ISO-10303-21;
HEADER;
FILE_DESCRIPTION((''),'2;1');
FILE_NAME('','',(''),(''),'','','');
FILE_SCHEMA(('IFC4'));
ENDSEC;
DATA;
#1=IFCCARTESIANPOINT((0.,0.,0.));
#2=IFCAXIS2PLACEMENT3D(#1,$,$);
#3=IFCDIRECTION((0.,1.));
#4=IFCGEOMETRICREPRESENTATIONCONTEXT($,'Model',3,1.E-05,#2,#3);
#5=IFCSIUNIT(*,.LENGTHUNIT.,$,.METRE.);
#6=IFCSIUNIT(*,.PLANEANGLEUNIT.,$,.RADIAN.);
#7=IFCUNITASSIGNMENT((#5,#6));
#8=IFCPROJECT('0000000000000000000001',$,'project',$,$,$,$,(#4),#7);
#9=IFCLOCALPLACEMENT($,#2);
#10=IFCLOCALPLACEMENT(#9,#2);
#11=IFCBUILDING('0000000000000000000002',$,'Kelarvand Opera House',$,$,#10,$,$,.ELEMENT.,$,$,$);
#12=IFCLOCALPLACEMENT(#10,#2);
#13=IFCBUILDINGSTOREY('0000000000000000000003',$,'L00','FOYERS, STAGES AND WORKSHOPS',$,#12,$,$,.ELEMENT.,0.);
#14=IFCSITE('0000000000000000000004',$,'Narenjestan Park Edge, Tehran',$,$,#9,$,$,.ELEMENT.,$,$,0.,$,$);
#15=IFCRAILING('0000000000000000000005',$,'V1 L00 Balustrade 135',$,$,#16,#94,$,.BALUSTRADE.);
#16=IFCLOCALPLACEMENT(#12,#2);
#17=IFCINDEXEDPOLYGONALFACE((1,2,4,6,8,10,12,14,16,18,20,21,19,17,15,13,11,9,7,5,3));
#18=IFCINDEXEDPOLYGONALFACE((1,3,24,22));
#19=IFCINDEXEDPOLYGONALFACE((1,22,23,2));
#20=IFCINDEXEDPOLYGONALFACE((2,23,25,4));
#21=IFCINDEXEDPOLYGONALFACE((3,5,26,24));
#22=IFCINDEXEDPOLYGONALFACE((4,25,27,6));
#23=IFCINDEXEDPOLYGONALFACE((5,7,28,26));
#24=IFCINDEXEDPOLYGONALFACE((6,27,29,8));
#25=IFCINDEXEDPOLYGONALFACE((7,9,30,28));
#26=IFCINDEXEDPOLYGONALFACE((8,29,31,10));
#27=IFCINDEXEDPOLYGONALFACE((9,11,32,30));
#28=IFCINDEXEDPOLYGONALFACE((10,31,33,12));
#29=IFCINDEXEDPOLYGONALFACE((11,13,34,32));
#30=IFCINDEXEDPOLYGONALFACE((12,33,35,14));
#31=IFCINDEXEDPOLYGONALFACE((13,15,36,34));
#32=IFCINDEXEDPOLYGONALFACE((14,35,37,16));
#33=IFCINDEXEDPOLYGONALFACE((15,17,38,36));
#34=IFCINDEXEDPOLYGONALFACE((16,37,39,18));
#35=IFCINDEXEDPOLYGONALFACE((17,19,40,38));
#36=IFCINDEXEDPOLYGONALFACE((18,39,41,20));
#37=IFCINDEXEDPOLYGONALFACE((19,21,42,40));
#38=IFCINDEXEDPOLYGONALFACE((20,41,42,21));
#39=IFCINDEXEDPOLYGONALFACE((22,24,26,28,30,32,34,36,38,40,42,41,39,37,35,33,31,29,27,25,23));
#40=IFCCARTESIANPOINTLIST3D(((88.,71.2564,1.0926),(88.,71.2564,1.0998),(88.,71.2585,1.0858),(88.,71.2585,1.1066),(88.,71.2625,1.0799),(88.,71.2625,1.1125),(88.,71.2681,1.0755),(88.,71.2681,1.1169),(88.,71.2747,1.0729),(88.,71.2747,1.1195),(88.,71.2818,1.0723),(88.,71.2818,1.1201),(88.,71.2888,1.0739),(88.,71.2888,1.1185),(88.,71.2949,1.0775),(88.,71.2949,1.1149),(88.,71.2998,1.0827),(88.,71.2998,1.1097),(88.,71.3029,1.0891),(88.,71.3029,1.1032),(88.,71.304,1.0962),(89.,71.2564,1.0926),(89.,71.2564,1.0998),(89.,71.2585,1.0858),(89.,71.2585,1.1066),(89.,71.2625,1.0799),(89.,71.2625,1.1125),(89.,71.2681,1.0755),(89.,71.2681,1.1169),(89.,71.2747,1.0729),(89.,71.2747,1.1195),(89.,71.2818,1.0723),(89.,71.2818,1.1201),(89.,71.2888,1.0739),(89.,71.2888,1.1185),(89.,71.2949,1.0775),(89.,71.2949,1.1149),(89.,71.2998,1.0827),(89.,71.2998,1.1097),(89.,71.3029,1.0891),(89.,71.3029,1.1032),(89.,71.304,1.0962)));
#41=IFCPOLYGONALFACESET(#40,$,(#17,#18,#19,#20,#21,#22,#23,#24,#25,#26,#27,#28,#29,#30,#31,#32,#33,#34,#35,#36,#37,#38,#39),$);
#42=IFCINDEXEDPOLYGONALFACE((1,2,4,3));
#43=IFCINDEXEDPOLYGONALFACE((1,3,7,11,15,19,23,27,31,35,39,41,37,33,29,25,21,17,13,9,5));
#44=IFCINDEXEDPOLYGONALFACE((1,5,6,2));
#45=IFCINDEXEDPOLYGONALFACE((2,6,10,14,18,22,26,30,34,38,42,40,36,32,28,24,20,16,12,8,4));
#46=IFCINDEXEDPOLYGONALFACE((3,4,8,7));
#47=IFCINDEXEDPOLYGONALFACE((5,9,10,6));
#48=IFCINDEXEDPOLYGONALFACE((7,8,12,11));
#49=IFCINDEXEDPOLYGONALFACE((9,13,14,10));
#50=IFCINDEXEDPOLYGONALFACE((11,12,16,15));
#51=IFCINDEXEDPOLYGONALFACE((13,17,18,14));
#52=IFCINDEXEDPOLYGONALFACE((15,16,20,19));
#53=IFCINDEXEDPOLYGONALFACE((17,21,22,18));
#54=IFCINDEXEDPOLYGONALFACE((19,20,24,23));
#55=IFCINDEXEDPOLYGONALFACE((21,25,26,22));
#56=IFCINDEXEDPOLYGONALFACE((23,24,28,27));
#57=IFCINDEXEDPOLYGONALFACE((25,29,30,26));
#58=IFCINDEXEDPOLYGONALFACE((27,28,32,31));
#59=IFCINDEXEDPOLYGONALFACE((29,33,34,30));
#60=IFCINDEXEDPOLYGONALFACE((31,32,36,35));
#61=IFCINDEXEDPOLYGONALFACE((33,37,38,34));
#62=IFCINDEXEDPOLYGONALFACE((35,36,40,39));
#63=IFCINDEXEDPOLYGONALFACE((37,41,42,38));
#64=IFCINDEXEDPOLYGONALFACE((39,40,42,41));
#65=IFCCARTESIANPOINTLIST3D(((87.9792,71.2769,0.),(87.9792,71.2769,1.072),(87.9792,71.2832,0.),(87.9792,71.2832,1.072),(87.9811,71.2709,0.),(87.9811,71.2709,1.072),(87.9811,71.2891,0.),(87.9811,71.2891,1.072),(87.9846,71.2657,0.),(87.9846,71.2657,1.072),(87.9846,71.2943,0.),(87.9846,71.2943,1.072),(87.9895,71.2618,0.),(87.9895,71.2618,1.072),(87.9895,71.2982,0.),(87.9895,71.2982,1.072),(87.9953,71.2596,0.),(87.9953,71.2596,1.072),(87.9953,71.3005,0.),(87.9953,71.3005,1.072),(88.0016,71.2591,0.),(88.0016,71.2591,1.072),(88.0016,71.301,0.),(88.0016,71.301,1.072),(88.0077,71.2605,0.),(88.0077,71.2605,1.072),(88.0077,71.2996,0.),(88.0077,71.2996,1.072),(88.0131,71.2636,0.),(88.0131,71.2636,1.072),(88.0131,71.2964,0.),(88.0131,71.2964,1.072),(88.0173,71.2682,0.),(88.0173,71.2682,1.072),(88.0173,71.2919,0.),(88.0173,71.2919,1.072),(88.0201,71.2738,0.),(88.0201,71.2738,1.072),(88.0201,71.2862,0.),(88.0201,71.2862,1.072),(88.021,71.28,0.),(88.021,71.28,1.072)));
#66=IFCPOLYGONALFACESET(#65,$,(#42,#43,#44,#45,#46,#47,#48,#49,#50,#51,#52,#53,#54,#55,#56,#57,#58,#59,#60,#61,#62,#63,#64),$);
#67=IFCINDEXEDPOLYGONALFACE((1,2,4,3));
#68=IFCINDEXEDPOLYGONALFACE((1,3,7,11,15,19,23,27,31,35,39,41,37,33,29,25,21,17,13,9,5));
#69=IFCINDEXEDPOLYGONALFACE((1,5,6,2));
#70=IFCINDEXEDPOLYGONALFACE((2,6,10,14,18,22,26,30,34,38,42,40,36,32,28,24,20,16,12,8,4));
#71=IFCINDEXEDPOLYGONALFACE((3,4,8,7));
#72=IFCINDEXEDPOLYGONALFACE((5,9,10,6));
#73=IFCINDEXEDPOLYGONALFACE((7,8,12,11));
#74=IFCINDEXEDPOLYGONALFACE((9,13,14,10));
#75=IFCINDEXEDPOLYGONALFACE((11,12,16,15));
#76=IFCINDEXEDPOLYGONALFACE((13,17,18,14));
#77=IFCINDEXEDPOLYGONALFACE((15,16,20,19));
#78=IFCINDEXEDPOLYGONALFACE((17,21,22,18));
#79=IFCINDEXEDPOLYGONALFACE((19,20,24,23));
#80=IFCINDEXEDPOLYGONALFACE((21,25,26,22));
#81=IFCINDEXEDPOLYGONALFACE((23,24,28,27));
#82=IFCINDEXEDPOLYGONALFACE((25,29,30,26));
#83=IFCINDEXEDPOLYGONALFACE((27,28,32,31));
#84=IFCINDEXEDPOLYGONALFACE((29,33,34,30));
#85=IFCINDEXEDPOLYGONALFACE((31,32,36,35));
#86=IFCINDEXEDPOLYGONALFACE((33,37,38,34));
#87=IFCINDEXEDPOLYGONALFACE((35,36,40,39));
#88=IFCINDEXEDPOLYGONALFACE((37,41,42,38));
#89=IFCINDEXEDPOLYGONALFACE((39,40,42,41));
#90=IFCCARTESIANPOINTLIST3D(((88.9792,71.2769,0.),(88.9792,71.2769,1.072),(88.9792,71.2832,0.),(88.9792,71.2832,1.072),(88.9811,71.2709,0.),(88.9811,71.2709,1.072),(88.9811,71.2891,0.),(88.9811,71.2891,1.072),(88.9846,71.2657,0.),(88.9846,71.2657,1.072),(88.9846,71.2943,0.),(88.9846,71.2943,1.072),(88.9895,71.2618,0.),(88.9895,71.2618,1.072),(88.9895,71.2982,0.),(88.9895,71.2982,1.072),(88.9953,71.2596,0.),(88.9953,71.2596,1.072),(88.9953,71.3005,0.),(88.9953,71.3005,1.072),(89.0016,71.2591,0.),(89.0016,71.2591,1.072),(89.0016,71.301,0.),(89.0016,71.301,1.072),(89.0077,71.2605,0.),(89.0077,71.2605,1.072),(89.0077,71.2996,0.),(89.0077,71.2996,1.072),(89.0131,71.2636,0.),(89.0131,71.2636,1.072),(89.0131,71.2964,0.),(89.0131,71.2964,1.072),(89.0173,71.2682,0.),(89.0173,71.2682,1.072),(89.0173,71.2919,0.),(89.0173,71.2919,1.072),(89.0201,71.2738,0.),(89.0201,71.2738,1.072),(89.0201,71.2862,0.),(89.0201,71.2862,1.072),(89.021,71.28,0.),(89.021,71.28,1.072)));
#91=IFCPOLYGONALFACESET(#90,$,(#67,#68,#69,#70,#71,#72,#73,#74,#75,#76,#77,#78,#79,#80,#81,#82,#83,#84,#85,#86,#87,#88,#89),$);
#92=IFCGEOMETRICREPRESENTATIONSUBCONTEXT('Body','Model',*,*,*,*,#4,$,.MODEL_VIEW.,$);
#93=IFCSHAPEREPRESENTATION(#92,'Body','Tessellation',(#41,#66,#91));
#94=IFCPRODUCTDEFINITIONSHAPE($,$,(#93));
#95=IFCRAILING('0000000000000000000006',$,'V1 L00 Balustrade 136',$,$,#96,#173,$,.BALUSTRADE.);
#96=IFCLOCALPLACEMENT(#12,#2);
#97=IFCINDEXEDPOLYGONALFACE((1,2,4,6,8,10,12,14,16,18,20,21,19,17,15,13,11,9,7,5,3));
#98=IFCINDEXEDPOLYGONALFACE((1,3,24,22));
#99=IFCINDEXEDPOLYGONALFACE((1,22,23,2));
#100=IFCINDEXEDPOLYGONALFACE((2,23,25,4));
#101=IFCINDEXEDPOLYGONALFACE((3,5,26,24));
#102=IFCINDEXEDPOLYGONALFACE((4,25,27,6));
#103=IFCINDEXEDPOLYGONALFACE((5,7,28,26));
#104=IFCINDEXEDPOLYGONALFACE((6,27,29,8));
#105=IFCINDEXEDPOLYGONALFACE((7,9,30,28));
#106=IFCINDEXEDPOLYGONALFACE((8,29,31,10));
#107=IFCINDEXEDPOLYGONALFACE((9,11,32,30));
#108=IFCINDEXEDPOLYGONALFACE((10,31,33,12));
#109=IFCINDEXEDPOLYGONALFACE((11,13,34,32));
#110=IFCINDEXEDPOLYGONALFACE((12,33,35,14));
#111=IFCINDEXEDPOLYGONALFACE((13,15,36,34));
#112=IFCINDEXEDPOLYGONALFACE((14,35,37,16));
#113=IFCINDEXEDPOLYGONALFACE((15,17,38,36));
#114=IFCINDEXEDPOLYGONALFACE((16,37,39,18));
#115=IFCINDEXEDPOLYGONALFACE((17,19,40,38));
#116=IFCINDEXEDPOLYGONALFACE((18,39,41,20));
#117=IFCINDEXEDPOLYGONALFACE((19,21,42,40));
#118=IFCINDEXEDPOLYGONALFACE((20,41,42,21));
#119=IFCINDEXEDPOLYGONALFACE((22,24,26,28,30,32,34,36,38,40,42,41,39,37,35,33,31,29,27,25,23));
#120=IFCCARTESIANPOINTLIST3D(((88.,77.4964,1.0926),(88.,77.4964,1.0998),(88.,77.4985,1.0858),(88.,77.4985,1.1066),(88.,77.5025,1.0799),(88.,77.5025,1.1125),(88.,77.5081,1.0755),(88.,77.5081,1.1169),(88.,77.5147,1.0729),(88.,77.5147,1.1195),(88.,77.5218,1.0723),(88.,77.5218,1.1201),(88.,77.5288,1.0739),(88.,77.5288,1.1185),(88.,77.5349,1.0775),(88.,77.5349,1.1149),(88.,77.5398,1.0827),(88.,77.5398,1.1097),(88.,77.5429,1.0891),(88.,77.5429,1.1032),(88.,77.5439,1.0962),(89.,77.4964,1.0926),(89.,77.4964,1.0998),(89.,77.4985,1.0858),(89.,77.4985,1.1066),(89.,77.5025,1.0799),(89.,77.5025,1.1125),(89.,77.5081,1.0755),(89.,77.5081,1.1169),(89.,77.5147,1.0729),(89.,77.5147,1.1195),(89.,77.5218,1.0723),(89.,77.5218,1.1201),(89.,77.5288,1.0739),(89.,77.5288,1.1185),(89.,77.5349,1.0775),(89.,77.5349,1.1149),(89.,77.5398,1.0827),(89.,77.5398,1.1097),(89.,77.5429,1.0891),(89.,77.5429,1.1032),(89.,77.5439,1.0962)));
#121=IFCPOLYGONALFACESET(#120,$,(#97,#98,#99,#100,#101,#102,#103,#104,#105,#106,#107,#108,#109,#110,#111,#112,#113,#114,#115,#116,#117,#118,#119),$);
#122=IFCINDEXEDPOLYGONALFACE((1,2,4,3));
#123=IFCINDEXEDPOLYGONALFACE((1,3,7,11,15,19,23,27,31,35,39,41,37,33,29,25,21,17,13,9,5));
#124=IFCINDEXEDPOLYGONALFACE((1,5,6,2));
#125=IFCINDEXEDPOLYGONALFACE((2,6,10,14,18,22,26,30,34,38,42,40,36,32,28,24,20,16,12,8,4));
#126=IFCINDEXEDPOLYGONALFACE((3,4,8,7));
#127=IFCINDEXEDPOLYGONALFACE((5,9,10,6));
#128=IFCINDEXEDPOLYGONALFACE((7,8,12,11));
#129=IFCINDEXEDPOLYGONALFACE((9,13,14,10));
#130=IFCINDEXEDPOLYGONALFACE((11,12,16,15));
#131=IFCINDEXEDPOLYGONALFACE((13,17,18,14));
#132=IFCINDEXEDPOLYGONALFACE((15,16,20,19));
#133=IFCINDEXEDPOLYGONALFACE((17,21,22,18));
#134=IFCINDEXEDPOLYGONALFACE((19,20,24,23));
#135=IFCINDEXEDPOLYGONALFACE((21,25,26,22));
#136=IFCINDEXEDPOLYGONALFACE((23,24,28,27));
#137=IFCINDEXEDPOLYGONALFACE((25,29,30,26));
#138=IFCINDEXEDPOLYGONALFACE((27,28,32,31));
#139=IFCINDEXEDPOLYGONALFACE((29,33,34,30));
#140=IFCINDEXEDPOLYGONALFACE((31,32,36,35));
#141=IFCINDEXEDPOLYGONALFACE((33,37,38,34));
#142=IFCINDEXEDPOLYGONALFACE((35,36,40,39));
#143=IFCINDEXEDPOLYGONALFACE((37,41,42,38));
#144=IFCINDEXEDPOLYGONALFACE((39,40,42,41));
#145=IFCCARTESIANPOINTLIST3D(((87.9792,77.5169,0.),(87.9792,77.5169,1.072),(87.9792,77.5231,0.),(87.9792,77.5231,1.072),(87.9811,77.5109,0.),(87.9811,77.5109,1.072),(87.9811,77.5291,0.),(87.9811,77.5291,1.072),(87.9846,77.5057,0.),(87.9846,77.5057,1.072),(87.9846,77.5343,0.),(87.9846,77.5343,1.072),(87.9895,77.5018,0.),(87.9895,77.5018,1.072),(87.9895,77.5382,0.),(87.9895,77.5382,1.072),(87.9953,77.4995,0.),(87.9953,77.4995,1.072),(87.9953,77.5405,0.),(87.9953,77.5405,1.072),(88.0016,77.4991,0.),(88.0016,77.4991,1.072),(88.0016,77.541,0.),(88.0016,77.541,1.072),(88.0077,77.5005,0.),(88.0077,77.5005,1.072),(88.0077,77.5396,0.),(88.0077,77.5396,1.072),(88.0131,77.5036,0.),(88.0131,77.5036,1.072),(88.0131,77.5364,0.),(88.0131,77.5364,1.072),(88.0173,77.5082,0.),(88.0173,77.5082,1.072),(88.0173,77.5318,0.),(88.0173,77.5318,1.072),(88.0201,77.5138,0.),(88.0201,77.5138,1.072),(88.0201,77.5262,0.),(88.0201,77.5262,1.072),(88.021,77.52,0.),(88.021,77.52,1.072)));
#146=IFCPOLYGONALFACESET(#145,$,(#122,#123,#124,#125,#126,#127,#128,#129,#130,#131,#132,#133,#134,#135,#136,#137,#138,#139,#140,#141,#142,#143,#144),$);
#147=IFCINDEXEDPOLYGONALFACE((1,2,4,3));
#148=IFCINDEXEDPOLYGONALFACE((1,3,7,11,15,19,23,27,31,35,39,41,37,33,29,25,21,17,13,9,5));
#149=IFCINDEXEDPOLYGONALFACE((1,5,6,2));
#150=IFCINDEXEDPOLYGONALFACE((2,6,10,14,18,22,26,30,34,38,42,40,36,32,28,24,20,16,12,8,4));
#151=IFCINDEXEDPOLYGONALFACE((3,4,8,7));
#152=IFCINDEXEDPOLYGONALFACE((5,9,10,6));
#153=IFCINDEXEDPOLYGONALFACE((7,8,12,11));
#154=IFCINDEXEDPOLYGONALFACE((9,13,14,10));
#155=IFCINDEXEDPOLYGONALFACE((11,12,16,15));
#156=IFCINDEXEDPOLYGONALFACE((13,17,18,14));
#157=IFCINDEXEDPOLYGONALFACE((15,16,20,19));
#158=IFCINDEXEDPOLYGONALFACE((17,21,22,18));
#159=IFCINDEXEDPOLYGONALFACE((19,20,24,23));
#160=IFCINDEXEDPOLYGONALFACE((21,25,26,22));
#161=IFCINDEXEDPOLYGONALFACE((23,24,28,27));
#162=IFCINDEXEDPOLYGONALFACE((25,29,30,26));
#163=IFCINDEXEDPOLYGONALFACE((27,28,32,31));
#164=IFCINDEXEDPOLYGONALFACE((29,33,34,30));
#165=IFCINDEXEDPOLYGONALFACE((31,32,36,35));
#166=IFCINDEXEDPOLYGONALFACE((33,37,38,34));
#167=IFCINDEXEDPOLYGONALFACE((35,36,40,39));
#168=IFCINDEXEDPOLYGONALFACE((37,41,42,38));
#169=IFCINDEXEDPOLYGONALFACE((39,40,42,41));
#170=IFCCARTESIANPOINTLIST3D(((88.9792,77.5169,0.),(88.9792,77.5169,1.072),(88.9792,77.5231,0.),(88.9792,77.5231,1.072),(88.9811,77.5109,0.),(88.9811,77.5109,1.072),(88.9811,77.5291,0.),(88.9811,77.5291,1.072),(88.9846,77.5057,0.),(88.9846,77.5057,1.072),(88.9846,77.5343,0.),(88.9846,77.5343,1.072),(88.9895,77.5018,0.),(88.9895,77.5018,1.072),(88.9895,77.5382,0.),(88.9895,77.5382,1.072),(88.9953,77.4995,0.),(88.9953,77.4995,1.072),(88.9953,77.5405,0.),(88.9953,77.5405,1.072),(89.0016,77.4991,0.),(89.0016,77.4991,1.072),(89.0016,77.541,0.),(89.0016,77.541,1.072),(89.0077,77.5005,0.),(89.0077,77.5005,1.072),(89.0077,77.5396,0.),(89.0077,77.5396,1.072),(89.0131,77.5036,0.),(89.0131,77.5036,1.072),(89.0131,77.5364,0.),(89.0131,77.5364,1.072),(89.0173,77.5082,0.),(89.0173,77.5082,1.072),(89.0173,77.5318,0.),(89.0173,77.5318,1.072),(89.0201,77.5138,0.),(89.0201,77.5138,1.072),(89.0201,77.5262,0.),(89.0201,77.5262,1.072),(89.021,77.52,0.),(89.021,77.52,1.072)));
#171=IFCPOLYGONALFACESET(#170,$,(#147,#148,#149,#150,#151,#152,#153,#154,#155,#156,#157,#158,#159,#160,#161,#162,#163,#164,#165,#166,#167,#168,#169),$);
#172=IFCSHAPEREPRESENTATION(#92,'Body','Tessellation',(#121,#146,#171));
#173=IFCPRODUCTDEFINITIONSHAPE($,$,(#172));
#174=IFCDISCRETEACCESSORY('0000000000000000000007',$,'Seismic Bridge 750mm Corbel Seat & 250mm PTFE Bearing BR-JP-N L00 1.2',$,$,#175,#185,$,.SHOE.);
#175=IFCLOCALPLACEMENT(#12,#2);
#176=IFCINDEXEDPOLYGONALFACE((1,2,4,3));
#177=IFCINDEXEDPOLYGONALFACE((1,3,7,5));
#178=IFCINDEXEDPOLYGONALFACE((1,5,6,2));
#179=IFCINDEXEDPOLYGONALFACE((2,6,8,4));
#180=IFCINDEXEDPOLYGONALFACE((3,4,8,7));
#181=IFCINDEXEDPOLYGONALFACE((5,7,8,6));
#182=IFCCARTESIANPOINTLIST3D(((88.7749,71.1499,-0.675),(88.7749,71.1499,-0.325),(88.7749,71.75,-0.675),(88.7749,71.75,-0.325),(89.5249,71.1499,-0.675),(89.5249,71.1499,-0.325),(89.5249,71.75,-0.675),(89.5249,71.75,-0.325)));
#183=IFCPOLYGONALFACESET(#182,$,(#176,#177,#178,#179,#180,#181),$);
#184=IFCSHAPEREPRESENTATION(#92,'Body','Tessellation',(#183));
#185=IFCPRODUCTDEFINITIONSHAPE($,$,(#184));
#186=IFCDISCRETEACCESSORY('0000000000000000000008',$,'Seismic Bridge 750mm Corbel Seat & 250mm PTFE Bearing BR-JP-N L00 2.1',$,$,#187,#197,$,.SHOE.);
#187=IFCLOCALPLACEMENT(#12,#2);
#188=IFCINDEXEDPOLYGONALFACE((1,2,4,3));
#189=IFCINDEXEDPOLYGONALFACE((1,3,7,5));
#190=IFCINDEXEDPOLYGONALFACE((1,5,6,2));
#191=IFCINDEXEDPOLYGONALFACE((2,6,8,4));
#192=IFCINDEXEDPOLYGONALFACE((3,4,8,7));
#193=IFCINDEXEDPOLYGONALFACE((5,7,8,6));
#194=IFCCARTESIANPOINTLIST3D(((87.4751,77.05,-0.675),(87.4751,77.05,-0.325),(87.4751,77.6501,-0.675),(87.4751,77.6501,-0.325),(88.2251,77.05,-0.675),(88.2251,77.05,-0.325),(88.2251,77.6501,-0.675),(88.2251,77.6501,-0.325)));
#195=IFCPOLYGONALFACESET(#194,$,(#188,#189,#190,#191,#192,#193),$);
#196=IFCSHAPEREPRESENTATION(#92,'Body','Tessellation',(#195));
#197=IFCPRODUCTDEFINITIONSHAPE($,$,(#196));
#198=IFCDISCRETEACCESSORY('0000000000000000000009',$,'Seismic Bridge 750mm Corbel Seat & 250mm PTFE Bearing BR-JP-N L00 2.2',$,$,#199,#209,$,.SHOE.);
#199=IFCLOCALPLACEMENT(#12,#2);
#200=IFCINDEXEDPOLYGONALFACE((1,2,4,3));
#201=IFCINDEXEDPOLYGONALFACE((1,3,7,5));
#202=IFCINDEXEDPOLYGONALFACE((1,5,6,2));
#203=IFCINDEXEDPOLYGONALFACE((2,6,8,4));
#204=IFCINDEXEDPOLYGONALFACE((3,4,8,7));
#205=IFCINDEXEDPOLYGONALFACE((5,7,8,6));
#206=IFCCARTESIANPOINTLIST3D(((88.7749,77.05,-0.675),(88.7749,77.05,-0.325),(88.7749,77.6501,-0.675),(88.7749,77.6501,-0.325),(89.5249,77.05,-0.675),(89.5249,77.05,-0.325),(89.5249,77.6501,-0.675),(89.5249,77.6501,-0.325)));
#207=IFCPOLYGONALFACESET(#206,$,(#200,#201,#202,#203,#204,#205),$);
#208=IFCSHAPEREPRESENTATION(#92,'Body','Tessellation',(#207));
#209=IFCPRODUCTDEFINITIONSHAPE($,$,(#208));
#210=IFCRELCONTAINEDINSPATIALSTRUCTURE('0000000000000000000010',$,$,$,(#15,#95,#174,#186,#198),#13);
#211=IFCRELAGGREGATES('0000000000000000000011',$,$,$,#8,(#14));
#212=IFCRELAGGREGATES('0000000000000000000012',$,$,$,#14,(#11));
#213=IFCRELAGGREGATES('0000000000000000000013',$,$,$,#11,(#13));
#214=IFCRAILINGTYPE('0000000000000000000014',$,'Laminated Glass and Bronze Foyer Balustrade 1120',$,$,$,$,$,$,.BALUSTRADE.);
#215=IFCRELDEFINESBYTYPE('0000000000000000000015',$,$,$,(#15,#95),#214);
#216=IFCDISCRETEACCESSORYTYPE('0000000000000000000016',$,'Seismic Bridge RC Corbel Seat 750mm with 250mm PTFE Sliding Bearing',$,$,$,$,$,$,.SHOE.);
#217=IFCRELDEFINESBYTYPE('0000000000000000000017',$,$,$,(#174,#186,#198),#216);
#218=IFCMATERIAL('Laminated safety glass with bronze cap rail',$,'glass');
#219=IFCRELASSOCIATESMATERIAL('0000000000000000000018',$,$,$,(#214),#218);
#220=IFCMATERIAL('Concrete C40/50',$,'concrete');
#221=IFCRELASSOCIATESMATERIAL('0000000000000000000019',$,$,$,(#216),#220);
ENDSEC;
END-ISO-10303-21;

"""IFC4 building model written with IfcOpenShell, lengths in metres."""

from ifc_helpers import new_model, si_unit, direction, frame, origin, origin_2d, place, context, subcontext, project, spatial, rectangle, circle, extrude, material, type_object, element, save


model = new_model("IFC4")

# Units and contexts
model_context = context("Model", 3, precision=1e-05, world=origin(), true_north=direction((0.0, 1.0)))
body_context = subcontext(model_context, "Body", "Model", "MODEL_VIEW")
ifc_project = project(units=[si_unit("LENGTHUNIT", "METRE"), si_unit("PLANEANGLEUNIT", "RADIAN")], contexts=[model_context])

# Site, building, storey
site_placement = place(None, origin())
site = spatial("IfcSite", under=ifc_project, at=site_placement, Name="Narenjestan Park Edge, Tehran", CompositionType="ELEMENT", RefElevation=0.0)
building_placement = place(site_placement, origin())
building = spatial("IfcBuilding", under=site, at=building_placement, Name="Kelarvand Opera House", CompositionType="ELEMENT")
storey_placement = place(building_placement, origin())
storey = spatial("IfcBuildingStorey", under=building, at=storey_placement, Name="L00", Description="FOYERS, STAGES AND WORKSHOPS", CompositionType="ELEMENT", Elevation=0.0)

# Shared definitions
ifc_material_1 = material(Name="Concrete C40/50", Category="concrete")

# Railings
ifc_material_2 = material(Name="Laminated safety glass with bronze cap rail", Category="glass")
railing_type = type_object("IfcRailingType", Name="Laminated Glass and Bronze Foyer Balustrade 1120", PredefinedType="BALUSTRADE", material=ifc_material_2)
for number, where, name in (
    (1, (88.0, 71.28, 0.0), "V1 L00 Balustrade 135"),
    (2, (88.0, 77.52, 0.0), "V1 L00 Balustrade 136"),
):
    element("IfcRailing", number, at=place(storey_placement, frame(where)), inside=storey, type_object=railing_type, Name=name, PredefinedType="BALUSTRADE", context=body_context, shape_type="SweptSolid", body=[
        extrude(circle(Radius=0.0239, at=origin_2d()), frame((0.0, 0.0, 1.0962), z_axis=(1.0, 0.0, 0.0), x_axis=(0.0, 1.0, 0.0)), (0.0, 0.0, 1.0), 1.0),
        extrude(circle(Radius=0.021, at=origin_2d()), origin(), (0.0, 0.0, 1.0), 1.072),
        extrude(circle(Radius=0.021, at=origin_2d()), frame((1.0, 0.0, 0.0)), (0.0, 0.0, 1.0), 1.072),
    ])

# Discrete accessories
discrete_accessory_type_1 = type_object("IfcDiscreteAccessoryType", Name="Seismic Bridge RC Corbel Seat 750mm with 250mm PTFE Sliding Bearing", PredefinedType="SHOE", material=ifc_material_1)
for number, where, z_axis, x_axis, name in (
    (3, (89.1499, 71.45, -0.675), (0.0, 0.0, 1.0), (1.0, 0.0, 0.0), "Seismic Bridge 750mm Corbel Seat & 250mm PTFE Bearing BR-JP-N L00 1.2"),
    (4, (87.8501, 77.3501, -0.675), (0.0, 0.0, 1.0), (1.0, 0.0, 0.0), "Seismic Bridge 750mm Corbel Seat & 250mm PTFE Bearing BR-JP-N L00 2.1"),
    (5, (89.1499, 77.3501, -0.675), (0.0, 0.0, 1.0), (1.0, 0.0, 0.0), "Seismic Bridge 750mm Corbel Seat & 250mm PTFE Bearing BR-JP-N L00 2.2"),
):
    element("IfcDiscreteAccessory", number, at=place(storey_placement, frame(where, z_axis=z_axis, x_axis=x_axis)), inside=storey, type_object=discrete_accessory_type_1, Name=name, PredefinedType="SHOE", context=body_context, shape_type="SweptSolid", body=[
        extrude(rectangle(XDim=0.75, YDim=0.6001, at=origin_2d()), origin(), (0.0, 0.0, 1.0), 0.3501),
    ])

save(model, "model.ifc")
